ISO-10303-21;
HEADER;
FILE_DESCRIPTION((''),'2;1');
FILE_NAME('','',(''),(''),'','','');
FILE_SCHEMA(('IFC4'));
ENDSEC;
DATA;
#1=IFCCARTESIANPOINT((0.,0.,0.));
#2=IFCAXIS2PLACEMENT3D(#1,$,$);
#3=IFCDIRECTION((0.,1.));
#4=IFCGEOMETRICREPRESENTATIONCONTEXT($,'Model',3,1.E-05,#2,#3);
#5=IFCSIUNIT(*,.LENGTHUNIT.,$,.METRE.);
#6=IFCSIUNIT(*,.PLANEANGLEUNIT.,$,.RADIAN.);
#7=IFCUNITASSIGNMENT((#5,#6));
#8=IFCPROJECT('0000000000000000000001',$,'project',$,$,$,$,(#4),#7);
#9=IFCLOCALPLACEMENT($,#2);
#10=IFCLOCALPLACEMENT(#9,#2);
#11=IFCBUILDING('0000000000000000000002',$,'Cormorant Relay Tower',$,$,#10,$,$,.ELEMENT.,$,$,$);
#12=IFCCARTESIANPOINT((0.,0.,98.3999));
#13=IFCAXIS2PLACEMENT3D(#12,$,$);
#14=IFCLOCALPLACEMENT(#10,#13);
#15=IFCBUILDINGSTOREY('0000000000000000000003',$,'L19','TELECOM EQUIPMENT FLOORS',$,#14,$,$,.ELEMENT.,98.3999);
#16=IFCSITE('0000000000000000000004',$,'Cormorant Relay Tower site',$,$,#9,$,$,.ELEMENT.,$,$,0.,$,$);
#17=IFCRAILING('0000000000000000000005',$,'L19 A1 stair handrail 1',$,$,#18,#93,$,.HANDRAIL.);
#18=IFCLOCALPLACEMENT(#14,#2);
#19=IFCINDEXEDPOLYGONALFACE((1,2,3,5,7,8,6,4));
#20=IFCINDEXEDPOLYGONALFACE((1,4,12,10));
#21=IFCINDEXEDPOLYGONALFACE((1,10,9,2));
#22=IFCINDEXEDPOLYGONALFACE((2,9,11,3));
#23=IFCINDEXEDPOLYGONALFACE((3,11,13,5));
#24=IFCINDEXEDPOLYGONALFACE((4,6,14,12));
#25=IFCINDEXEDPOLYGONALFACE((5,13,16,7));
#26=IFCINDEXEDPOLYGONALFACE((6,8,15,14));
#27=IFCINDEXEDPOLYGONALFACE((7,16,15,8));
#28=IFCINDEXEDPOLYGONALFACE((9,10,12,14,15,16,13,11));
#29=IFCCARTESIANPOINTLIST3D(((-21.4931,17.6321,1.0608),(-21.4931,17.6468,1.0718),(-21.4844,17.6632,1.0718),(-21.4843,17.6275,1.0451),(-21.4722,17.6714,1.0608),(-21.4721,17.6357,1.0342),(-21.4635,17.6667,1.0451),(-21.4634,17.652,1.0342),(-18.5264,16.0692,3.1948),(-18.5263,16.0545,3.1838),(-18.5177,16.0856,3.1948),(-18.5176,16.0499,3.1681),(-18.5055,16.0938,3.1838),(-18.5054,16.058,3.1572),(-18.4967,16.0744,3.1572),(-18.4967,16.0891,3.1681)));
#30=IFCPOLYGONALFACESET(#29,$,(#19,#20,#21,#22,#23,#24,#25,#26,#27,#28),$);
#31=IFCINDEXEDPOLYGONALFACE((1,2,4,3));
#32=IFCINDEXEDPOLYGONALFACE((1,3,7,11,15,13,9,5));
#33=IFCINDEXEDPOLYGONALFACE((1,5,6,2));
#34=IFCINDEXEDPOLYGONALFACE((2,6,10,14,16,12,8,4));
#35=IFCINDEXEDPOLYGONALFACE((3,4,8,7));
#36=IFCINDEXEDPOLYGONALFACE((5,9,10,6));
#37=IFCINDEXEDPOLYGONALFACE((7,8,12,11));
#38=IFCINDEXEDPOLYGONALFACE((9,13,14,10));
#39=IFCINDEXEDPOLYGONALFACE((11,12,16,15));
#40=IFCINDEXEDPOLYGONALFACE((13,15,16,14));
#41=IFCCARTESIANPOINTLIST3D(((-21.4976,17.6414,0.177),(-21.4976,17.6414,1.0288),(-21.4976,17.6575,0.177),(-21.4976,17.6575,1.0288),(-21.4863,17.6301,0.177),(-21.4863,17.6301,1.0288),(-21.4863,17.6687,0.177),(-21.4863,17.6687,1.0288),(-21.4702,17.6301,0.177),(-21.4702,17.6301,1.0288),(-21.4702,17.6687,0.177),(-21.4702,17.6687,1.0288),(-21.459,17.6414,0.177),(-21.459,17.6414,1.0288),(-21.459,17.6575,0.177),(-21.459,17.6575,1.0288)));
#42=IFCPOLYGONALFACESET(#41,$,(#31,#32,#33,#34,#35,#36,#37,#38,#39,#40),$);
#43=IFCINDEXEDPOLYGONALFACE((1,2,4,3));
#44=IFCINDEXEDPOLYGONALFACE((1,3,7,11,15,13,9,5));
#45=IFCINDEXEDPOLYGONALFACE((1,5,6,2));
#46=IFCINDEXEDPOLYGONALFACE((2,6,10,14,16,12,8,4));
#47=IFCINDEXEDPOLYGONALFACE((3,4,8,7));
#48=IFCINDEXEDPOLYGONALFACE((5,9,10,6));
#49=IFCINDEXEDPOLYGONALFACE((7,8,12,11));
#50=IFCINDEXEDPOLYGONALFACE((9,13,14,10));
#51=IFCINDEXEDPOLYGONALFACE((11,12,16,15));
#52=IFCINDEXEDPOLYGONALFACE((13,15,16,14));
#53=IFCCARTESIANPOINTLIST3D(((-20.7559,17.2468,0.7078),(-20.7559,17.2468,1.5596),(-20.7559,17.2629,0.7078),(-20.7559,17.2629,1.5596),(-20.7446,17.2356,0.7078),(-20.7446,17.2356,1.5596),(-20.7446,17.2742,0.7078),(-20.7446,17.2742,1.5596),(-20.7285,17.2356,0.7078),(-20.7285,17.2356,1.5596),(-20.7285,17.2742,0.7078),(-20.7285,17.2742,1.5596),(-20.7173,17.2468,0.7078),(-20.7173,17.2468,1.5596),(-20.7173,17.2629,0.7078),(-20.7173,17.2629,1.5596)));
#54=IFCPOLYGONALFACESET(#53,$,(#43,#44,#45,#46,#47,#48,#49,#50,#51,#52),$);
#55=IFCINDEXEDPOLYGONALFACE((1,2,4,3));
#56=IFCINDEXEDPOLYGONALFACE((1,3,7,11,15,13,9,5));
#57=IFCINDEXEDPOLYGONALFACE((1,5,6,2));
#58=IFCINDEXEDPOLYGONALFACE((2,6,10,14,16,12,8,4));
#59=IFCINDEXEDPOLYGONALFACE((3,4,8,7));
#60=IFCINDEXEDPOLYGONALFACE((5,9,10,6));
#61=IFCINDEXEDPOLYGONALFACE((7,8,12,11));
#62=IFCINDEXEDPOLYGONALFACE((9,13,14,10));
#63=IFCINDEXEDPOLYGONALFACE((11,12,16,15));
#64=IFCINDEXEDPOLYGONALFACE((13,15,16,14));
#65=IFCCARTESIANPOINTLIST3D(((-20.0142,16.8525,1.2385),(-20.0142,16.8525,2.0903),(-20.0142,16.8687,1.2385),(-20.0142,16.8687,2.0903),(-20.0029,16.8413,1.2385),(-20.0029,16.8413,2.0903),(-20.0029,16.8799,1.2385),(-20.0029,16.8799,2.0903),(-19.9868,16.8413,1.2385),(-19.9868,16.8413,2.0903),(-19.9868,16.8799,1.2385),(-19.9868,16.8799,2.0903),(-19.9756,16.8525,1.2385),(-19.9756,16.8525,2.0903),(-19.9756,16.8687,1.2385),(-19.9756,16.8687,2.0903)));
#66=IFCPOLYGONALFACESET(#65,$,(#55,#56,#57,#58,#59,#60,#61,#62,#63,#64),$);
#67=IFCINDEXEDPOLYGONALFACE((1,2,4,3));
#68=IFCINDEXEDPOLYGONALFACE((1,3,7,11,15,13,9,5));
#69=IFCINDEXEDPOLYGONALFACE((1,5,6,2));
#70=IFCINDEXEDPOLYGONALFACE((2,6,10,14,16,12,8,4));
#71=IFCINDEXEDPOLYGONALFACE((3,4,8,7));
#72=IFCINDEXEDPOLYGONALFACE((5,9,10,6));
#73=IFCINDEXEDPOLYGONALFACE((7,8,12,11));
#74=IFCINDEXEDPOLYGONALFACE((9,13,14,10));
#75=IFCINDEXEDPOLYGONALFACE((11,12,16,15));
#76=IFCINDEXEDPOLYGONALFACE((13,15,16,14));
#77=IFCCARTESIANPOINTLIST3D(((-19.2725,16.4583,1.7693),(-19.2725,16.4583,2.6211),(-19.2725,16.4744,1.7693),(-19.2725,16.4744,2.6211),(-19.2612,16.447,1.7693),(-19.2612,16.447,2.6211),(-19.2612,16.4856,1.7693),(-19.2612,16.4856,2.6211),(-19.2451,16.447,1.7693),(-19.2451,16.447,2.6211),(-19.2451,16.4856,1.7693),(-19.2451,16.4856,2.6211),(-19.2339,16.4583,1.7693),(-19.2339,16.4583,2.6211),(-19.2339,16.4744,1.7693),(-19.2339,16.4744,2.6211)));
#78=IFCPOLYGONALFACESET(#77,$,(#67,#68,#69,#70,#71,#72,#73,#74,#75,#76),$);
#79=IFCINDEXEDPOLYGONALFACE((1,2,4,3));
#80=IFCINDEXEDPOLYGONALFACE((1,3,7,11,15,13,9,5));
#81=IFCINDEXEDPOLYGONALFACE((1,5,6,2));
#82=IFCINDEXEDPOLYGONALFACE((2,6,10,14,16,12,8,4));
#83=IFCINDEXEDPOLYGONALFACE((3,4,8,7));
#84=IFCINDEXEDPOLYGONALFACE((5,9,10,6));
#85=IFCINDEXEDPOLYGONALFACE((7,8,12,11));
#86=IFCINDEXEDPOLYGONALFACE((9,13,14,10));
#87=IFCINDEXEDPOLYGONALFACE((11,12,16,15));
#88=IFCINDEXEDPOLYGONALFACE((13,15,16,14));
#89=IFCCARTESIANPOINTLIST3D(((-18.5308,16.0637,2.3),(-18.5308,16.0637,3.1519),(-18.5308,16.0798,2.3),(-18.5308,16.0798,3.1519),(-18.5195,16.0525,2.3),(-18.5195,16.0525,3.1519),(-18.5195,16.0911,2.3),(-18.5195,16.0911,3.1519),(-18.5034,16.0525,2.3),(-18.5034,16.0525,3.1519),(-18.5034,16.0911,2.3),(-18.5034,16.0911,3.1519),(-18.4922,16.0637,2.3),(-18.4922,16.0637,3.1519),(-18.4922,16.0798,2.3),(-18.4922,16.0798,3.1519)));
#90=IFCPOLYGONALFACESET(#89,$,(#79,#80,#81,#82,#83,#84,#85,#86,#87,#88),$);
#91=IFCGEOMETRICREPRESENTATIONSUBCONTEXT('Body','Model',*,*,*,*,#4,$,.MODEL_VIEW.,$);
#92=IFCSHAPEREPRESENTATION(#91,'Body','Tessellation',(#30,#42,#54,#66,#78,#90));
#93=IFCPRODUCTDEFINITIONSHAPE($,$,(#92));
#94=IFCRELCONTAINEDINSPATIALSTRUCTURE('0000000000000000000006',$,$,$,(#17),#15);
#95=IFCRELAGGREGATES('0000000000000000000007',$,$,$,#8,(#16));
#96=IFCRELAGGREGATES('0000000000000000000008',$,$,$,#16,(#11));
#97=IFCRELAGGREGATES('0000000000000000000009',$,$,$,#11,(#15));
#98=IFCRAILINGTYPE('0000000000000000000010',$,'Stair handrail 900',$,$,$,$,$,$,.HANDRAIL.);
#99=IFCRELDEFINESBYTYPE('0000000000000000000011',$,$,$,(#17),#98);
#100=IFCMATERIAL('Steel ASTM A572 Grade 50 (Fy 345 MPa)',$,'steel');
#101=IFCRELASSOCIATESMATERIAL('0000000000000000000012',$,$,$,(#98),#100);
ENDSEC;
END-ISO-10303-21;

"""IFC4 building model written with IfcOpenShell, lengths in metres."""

from ifc_helpers import new_model, si_unit, direction, frame, origin, place, context, subcontext, project, spatial, polyline, outline, extrude, material, type_object, element, save


model = new_model("IFC4")

# Units and contexts
model_context = context("Model", 3, precision=1e-05, world=origin(), true_north=direction((0.0, 1.0)))
body_context = subcontext(model_context, "Body", "Model", "MODEL_VIEW")
ifc_project = project(units=[si_unit("LENGTHUNIT", "METRE"), si_unit("PLANEANGLEUNIT", "RADIAN")], contexts=[model_context])

# Site, building, storey
site_placement = place(None, origin())
site = spatial("IfcSite", under=ifc_project, at=site_placement, Name="Cormorant Relay Tower site", CompositionType="ELEMENT", RefElevation=0.0)
building_placement = place(site_placement, origin())
building = spatial("IfcBuilding", under=site, at=building_placement, Name="Cormorant Relay Tower", CompositionType="ELEMENT")
storey_placement = place(building_placement, frame((0.0, 0.0, 98.3999)))
storey = spatial("IfcBuildingStorey", under=building, at=storey_placement, Name="L19", Description="TELECOM EQUIPMENT FLOORS", CompositionType="ELEMENT", Elevation=98.3999)

# Railing
ifc_material_1 = material(Name="Steel ASTM A572 Grade 50 (Fy 345 MPa)", Category="steel")
railing_type_1 = type_object("IfcRailingType", Name="Stair handrail 900", PredefinedType="HANDRAIL", material=ifc_material_1)
railing_1_placement = place(storey_placement, frame((-21.4783, 17.6494, 0.177)))
element("IfcRailing", 1, at=railing_1_placement, inside=storey, type_object=railing_type_1, Name="L19 A1 stair handrail 1", PredefinedType="HANDRAIL", context=body_context, shape_type="SweptSolid", body=[
    extrude(outline(polyline([(0.0222, 0.0093), (0.0093, 0.0222), (-0.0093, 0.0222), (-0.0222, 0.0093), (-0.0222, -0.0093), (-0.0093, -0.0222), (0.0093, -0.0222), (0.0222, -0.0093), (0.0222, 0.0093)])), frame((0.0, 0.0, 0.876), z_axis=(0.746422, -0.396921, 0.534142), x_axis=(0.469509, 0.882928, 0.0)), (0.0, 0.0, 1.0), 3.9746),
    extrude(outline(polyline([(0.0193, 0.0081), (0.0081, 0.0193), (-0.0081, 0.0193), (-0.0193, 0.0081), (-0.0193, -0.0081), (-0.0081, -0.0193), (0.0081, -0.0193), (0.0193, -0.0081), (0.0193, 0.0081)])), origin(), (0.0, 0.0, 1.0), 0.8518),
    extrude(outline(polyline([(0.0193, 0.0081), (0.0081, 0.0193), (-0.0081, 0.0193), (-0.0193, 0.0081), (-0.0193, -0.0081), (-0.0081, -0.0193), (0.0081, -0.0193), (0.0193, -0.0081), (0.0193, 0.0081)])), frame((0.7417, -0.3945, 0.5308)), (0.0, 0.0, 1.0), 0.8518),
    extrude(outline(polyline([(0.0193, 0.0081), (0.0081, 0.0193), (-0.0081, 0.0193), (-0.0193, 0.0081), (-0.0193, -0.0081), (-0.0081, -0.0193), (0.0081, -0.0193), (0.0193, -0.0081), (0.0193, 0.0081)])), frame((1.4834, -0.7888, 1.0615)), (0.0, 0.0, 1.0), 0.8518),
    extrude(outline(polyline([(0.0193, 0.0081), (0.0081, 0.0193), (-0.0081, 0.0193), (-0.0193, 0.0081), (-0.0193, -0.0081), (-0.0081, -0.0193), (0.0081, -0.0193), (0.0193, -0.0081), (0.0193, 0.0081)])), frame((2.2251, -1.1831, 1.5923)), (0.0, 0.0, 1.0), 0.8518),
    extrude(outline(polyline([(0.0193, 0.0081), (0.0081, 0.0193), (-0.0081, 0.0193), (-0.0193, 0.0081), (-0.0193, -0.0081), (-0.0081, -0.0193), (0.0081, -0.0193), (0.0193, -0.0081), (0.0193, 0.0081)])), frame((2.9668, -1.5776, 2.123)), (0.0, 0.0, 1.0), 0.8518),
])

save(model, "model.ifc")
